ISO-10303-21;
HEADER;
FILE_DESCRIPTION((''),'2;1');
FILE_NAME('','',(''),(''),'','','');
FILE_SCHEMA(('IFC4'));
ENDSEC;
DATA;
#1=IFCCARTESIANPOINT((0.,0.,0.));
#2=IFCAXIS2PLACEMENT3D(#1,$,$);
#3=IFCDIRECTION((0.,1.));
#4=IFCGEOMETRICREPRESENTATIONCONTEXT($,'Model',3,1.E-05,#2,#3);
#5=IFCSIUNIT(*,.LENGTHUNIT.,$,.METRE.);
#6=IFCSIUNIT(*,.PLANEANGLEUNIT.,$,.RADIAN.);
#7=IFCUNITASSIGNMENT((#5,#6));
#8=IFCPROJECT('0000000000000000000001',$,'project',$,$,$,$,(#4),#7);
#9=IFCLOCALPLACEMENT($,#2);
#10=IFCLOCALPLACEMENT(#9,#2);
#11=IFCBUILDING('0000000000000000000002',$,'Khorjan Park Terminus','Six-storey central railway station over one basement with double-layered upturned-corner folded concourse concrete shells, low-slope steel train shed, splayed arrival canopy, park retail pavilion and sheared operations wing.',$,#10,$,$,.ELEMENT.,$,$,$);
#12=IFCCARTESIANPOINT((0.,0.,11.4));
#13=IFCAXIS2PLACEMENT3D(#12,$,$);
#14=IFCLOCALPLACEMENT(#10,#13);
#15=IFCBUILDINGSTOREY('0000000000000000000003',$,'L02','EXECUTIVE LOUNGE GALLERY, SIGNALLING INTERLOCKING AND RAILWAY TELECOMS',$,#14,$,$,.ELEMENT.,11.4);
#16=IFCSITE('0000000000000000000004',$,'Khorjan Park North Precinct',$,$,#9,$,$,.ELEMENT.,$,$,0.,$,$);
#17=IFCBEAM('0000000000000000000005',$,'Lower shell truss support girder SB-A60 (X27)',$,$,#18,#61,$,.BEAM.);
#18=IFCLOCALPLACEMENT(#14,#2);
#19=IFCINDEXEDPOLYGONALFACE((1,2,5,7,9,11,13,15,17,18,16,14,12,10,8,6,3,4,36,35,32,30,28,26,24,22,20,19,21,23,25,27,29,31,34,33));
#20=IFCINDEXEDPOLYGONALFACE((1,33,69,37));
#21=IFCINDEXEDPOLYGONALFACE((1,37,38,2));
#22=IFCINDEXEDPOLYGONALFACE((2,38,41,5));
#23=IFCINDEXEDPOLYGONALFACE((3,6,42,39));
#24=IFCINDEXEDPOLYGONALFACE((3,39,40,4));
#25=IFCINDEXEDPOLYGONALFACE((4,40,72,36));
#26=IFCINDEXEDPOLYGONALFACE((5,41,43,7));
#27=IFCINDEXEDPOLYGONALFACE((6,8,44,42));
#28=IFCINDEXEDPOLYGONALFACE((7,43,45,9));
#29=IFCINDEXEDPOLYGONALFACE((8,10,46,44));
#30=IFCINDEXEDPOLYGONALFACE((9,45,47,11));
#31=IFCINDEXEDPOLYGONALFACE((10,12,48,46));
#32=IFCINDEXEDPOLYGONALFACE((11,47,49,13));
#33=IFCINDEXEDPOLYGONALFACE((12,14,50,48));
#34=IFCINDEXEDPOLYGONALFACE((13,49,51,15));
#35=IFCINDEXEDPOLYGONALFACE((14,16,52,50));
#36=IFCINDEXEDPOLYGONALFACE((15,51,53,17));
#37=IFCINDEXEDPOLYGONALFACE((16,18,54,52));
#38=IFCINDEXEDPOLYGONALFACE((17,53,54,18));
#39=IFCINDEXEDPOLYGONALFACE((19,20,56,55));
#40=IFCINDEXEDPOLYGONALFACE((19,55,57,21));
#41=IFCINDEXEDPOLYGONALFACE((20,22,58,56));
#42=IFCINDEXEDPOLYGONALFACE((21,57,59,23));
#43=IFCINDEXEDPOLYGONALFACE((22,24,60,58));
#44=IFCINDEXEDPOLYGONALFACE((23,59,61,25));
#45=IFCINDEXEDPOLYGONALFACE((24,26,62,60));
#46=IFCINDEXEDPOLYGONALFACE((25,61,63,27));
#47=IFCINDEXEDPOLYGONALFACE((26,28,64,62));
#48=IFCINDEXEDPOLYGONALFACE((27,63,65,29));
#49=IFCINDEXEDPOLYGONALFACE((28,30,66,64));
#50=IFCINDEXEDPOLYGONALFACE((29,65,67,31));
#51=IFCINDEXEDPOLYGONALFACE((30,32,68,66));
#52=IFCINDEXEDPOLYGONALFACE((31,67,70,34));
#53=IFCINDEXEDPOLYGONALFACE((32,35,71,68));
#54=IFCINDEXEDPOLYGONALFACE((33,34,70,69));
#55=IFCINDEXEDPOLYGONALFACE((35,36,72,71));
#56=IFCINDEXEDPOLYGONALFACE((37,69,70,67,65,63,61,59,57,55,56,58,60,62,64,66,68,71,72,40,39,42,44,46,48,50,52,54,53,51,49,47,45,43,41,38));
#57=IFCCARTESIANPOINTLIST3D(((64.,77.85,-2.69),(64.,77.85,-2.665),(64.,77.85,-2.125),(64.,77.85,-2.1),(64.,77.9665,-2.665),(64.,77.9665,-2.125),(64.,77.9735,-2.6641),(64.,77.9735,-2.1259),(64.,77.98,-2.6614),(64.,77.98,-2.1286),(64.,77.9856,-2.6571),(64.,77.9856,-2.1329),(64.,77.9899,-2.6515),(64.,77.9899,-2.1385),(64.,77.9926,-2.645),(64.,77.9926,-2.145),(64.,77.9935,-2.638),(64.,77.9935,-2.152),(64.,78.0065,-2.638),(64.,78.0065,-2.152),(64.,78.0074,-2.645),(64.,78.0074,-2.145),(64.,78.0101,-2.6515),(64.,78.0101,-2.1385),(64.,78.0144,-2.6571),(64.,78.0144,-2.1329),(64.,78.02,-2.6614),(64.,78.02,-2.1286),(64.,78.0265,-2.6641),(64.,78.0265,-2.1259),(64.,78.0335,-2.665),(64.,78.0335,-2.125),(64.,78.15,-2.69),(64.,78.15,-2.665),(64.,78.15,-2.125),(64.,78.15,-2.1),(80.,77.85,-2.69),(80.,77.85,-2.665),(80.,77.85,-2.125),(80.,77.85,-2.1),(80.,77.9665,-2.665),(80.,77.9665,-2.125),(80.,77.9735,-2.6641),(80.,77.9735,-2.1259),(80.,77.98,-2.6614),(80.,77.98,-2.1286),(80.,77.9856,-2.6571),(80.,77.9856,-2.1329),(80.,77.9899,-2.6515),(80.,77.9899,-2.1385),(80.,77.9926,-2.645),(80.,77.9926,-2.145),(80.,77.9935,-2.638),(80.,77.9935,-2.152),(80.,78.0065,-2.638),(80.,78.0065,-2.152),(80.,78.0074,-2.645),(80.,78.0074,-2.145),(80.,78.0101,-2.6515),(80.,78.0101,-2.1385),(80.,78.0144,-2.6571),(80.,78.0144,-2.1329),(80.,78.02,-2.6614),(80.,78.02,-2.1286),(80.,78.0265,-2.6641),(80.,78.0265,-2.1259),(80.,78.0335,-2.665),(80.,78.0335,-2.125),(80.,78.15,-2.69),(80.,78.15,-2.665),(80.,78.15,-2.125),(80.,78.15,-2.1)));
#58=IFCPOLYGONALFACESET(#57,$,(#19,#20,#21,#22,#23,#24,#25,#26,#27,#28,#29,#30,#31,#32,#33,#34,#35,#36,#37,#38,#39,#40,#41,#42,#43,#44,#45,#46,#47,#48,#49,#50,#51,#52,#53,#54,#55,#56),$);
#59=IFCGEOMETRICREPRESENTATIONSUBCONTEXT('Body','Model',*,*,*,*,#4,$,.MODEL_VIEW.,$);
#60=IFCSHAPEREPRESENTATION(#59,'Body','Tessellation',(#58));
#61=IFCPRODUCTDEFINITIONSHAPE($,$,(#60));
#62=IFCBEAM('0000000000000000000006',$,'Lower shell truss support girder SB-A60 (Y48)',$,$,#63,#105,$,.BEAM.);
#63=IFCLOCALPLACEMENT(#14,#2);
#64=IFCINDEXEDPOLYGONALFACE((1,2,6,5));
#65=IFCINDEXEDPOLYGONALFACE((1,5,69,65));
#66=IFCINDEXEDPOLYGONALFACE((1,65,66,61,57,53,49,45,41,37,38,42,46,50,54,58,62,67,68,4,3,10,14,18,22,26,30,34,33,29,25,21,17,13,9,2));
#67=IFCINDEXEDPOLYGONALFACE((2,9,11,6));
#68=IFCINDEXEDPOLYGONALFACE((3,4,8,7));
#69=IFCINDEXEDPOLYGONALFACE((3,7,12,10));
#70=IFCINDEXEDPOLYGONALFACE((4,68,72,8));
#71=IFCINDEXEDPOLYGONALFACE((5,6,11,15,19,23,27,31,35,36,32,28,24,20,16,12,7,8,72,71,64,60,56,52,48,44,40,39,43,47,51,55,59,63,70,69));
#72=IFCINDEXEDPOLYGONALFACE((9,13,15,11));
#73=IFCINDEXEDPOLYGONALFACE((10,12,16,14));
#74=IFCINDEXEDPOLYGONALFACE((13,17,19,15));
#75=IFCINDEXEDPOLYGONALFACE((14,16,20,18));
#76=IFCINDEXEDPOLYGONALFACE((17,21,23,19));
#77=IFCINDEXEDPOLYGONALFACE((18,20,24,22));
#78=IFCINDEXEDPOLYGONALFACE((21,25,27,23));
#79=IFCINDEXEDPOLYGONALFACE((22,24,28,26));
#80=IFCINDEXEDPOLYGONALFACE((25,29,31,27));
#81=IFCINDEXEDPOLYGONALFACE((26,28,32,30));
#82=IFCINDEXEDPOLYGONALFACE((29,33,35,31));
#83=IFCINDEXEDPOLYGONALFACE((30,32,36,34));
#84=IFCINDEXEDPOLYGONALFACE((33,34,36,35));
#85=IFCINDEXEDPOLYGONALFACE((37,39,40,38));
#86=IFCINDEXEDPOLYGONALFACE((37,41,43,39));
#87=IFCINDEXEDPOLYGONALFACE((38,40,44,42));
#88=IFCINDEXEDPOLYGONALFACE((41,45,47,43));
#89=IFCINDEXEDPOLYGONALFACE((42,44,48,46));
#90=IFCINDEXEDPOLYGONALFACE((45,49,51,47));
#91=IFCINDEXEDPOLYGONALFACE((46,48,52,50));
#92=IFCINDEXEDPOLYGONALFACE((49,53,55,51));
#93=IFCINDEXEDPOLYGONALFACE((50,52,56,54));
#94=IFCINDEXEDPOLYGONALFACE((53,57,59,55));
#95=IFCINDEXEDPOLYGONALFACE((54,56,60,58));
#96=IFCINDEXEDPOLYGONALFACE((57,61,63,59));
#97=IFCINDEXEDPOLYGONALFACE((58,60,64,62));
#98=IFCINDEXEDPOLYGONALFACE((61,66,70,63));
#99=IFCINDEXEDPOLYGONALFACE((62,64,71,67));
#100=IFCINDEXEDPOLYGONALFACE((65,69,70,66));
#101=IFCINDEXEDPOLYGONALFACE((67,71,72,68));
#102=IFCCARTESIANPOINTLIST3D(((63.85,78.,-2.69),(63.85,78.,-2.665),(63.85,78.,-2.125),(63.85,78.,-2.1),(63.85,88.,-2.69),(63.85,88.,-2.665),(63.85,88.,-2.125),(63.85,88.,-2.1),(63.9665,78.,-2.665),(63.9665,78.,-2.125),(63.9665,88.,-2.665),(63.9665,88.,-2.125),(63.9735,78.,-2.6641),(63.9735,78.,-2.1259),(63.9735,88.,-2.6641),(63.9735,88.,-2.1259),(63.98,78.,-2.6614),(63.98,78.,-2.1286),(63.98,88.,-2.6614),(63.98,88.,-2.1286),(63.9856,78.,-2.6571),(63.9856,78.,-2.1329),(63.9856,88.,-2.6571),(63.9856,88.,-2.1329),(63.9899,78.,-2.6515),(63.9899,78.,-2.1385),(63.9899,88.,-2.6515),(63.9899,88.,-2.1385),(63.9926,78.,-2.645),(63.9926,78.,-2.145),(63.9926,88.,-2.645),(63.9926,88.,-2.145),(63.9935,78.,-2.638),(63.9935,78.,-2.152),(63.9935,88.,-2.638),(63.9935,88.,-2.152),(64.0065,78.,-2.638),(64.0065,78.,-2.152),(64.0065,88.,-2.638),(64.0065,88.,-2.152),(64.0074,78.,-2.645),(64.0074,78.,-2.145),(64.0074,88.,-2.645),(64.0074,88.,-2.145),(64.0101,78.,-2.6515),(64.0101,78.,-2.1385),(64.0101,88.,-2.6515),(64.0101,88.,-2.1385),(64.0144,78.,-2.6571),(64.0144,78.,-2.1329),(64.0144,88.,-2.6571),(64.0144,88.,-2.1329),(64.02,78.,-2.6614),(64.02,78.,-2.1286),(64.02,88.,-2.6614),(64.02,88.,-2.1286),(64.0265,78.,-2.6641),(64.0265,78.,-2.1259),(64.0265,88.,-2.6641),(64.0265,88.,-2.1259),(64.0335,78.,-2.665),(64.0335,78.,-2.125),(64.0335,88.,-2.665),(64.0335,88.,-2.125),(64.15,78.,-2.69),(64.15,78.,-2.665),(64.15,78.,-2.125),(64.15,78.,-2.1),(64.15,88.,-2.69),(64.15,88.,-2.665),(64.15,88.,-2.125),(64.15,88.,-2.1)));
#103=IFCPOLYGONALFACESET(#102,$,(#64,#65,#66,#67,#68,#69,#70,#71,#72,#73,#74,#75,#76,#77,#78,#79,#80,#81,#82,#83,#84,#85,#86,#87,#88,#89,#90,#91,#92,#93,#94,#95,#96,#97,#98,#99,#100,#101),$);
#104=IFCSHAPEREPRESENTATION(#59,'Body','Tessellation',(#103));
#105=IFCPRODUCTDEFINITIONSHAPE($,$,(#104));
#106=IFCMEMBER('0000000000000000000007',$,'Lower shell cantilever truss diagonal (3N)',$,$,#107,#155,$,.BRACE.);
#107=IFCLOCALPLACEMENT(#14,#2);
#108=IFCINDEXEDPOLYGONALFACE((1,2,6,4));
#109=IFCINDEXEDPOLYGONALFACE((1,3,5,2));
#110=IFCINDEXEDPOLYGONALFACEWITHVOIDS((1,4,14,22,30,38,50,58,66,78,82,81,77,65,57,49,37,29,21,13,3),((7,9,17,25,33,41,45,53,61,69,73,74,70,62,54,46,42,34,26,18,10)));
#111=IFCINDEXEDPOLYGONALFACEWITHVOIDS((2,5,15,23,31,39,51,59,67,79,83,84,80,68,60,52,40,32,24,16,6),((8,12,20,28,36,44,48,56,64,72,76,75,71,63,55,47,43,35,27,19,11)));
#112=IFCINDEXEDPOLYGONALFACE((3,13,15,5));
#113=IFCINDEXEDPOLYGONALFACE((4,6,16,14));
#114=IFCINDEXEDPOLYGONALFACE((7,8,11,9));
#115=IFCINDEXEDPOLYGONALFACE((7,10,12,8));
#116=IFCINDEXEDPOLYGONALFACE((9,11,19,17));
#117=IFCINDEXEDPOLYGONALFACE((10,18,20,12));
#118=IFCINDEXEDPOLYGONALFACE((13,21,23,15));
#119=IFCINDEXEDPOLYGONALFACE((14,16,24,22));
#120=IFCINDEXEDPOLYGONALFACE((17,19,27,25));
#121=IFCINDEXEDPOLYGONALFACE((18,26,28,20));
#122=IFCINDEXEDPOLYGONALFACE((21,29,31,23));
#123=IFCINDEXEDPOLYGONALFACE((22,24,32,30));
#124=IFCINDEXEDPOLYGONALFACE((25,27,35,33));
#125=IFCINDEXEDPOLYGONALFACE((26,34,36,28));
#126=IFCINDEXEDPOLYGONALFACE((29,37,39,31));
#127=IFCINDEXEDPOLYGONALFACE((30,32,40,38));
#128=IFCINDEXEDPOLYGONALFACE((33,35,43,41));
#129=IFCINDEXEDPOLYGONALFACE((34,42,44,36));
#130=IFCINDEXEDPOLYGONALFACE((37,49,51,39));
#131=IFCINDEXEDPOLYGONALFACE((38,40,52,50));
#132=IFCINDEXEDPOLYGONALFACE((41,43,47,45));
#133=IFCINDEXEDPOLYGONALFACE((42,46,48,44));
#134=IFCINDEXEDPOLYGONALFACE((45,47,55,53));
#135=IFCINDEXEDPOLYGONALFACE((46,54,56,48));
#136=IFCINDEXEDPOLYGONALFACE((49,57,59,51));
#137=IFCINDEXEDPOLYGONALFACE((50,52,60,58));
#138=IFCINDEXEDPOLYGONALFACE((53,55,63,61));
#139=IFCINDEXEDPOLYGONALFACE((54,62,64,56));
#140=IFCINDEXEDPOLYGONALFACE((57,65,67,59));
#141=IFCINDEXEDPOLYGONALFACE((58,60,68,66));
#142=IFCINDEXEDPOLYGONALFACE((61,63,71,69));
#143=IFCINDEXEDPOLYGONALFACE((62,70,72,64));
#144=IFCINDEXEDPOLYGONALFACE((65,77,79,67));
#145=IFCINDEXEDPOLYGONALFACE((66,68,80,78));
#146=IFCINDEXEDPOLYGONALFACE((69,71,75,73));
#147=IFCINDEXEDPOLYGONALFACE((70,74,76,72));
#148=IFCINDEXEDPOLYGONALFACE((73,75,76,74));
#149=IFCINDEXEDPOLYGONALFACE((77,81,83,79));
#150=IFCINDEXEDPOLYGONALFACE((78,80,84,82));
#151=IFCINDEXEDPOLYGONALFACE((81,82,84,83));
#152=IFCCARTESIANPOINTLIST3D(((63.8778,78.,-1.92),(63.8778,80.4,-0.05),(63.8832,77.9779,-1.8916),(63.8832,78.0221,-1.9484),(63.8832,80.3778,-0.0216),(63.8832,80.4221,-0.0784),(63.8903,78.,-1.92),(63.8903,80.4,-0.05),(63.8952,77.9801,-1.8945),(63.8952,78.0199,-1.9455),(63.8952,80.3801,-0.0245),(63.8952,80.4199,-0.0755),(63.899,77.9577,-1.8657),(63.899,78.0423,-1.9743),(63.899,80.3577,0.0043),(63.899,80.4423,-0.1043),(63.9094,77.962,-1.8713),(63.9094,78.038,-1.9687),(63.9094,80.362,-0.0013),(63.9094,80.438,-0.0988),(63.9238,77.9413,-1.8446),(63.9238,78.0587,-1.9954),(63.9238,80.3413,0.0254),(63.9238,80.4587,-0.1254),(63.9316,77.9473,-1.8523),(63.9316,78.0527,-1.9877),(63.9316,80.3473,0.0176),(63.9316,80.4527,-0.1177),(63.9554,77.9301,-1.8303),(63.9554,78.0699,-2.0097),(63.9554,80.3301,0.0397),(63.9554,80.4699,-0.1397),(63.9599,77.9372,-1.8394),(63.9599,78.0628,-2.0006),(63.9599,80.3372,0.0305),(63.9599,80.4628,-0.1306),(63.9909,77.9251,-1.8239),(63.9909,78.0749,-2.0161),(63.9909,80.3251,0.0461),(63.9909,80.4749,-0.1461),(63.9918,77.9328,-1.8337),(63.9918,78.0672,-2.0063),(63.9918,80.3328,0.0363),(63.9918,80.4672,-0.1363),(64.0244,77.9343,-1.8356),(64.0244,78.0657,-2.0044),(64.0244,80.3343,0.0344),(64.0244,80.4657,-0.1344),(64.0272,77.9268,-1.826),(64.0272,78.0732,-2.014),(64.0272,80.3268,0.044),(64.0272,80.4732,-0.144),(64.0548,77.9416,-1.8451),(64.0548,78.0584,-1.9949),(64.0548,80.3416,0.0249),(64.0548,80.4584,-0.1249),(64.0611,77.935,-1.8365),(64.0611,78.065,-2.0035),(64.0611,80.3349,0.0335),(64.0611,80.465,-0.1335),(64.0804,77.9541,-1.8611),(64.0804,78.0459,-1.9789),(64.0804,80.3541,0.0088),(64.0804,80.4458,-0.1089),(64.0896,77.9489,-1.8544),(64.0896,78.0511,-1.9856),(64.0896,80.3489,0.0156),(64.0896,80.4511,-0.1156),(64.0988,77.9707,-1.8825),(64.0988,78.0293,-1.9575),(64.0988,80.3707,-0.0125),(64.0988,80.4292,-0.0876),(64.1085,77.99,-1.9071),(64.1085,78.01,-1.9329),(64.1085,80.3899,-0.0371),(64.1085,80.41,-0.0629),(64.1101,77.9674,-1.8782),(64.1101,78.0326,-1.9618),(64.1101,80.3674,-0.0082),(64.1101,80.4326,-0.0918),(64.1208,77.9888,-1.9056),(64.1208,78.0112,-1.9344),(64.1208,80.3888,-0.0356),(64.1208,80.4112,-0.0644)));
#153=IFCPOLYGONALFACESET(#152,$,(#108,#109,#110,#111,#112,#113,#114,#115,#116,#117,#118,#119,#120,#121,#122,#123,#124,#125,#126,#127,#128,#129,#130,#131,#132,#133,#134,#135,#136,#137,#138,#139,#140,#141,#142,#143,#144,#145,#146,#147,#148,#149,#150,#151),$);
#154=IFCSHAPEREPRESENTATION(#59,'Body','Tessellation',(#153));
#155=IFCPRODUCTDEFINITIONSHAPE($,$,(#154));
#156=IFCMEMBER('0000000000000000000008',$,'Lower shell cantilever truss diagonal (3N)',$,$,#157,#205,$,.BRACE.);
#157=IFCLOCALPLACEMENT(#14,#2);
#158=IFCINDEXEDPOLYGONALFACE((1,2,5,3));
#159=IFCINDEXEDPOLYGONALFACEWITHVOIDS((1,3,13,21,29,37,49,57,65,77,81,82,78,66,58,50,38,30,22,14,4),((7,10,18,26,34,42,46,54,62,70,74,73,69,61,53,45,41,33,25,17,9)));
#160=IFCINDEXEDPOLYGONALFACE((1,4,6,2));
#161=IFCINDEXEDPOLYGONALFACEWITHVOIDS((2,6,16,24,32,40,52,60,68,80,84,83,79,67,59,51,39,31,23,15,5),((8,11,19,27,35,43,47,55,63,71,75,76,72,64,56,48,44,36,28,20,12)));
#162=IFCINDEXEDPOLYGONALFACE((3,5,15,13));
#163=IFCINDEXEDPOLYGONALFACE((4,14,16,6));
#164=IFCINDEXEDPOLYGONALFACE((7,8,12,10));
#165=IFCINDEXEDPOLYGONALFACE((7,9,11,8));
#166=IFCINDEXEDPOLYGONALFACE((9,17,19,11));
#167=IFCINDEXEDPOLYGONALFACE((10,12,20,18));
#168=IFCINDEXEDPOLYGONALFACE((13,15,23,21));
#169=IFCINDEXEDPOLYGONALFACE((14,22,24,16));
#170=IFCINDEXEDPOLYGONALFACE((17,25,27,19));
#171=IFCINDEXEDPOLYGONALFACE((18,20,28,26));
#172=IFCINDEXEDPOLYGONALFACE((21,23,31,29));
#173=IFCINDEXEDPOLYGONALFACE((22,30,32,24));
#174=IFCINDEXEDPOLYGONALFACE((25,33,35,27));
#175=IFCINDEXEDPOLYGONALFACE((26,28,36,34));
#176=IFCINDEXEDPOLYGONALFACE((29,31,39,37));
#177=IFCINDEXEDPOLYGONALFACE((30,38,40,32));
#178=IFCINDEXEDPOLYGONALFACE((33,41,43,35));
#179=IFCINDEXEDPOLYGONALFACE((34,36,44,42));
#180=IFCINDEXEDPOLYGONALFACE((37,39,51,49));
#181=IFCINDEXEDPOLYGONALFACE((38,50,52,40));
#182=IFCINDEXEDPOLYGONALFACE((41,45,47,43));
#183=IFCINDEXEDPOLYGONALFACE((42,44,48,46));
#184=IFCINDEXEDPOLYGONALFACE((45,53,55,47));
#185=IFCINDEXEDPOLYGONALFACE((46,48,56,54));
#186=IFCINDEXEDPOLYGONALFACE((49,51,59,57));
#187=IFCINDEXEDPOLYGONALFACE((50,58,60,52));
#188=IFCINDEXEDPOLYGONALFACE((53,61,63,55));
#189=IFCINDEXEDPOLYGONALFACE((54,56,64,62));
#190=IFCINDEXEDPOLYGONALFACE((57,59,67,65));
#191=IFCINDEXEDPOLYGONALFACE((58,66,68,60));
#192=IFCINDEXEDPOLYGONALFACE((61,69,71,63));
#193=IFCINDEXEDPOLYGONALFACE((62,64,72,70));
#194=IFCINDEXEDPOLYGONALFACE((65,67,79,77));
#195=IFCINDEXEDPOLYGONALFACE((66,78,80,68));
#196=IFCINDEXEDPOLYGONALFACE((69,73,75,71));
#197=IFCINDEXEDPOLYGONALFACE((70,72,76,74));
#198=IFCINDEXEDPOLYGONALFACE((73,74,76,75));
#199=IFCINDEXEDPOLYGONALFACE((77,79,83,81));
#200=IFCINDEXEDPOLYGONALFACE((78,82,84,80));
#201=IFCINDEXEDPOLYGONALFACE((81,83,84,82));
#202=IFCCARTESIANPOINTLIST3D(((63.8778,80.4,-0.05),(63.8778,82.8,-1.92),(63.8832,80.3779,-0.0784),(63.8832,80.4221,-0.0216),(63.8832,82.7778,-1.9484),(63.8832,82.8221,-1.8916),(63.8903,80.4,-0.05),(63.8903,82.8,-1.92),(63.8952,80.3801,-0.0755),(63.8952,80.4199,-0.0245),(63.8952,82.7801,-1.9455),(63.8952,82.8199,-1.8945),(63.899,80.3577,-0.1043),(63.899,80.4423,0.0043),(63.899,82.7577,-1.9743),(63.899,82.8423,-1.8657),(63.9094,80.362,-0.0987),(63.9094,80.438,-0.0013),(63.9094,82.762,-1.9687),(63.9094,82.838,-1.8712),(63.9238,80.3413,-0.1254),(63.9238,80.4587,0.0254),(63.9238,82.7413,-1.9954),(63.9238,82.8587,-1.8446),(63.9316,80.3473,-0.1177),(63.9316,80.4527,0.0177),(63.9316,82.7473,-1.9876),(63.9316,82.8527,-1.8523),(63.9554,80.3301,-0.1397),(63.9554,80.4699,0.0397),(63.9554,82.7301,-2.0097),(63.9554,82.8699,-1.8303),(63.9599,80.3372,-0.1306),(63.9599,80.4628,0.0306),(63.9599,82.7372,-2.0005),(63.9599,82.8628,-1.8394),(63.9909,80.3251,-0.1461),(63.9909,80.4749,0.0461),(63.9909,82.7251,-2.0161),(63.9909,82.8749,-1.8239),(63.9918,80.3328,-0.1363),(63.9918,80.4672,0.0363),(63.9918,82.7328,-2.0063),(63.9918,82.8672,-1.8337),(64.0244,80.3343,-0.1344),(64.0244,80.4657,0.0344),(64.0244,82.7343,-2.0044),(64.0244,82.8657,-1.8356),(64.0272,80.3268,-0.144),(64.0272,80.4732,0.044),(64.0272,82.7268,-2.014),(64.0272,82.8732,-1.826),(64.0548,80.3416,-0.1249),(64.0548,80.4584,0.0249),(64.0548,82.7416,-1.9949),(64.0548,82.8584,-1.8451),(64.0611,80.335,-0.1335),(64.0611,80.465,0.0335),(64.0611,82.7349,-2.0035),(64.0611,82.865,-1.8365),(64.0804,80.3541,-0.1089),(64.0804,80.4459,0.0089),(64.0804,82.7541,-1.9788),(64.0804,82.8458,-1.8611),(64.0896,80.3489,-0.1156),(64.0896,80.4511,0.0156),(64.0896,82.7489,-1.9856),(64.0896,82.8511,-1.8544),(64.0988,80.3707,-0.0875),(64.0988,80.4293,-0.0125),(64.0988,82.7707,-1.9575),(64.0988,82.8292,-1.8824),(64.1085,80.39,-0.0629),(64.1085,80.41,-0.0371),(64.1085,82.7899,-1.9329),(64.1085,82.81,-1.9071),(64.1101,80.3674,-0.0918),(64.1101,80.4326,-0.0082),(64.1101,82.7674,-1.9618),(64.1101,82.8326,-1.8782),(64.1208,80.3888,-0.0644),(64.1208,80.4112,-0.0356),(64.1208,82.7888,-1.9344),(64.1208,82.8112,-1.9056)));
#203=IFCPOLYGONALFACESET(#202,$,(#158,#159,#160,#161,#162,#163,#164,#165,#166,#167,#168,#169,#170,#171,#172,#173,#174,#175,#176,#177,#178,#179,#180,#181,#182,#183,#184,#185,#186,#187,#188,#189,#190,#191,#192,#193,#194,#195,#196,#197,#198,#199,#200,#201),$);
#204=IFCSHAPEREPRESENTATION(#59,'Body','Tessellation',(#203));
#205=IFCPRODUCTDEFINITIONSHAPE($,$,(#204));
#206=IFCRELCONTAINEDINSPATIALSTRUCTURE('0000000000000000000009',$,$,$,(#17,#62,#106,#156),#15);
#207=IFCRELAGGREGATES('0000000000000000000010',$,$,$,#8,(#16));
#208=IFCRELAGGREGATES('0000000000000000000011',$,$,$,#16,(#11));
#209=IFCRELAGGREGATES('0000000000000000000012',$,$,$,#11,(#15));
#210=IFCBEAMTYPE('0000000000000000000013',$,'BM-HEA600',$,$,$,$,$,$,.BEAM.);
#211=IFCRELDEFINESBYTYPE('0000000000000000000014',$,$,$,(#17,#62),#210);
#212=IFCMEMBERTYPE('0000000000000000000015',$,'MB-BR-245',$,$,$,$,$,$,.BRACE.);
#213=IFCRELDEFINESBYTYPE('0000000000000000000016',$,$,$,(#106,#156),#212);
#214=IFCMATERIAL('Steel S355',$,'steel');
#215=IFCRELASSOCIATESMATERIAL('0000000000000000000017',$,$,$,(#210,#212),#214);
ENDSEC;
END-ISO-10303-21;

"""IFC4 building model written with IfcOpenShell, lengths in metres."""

from ifc_helpers import new_model, si_unit, direction, frame, origin, origin_2d, place, context, subcontext, project, spatial, hollow_circle, i_section, extrude, material, material_profile, profile_set, type_object, element, save


model = new_model("IFC4")

# Units and contexts
model_context = context("Model", 3, precision=1e-05, world=origin(), true_north=direction((0.0, 1.0)))
body_context = subcontext(model_context, "Body", "Model", "MODEL_VIEW")
ifc_project = project(units=[si_unit("LENGTHUNIT", "METRE"), si_unit("PLANEANGLEUNIT", "RADIAN")], contexts=[model_context])

# Site, building, storey
site_placement = place(None, origin())
site = spatial("IfcSite", under=ifc_project, at=site_placement, Name="Khorjan Park North Precinct", CompositionType="ELEMENT", RefElevation=0.0)
building_placement = place(site_placement, origin())
building = spatial("IfcBuilding", under=site, at=building_placement, Name="Khorjan Park Terminus", Description="Six-storey central railway station over one basement with double-layered upturned-corner folded concourse concrete shells, low-slope steel train shed, splayed arrival canopy, park retail pavilion and sheared operations wing.", CompositionType="ELEMENT")
storey_placement = place(building_placement, frame((0.0, 0.0, 11.4)))
storey = spatial("IfcBuildingStorey", under=building, at=storey_placement, Name="L02", Description="EXECUTIVE LOUNGE GALLERY, SIGNALLING INTERLOCKING AND RAILWAY TELECOMS", CompositionType="ELEMENT", Elevation=11.4)

# Beams
ifc_material_1 = material(Name="Steel S355", Category="steel")
ifc_material_profile_1 = material_profile(ifc_material_1, i_section(OverallWidth=0.3, OverallDepth=0.59, WebThickness=0.013, FlangeThickness=0.025, FilletRadius=0.027, at=origin_2d()), Name="HEA 600")
ifc_profile_set_1 = profile_set([ifc_material_profile_1], Name="Steel S355")
beam_type = type_object("IfcBeamType", Name="BM-HEA600", PredefinedType="BEAM", material=ifc_profile_set_1)
beam_1_placement = place(storey_placement, frame((64.0, 78.0, -2.395), z_axis=(1.0, 0.0, 0.0), x_axis=(0.0, 1.0, 0.0)))
element("IfcBeam", 1, at=beam_1_placement, inside=storey, type_object=beam_type, Name="Lower shell truss support girder SB-A60 (X27)", PredefinedType="BEAM", context=body_context, shape_type="SweptSolid", body=[
    extrude(i_section(OverallWidth=0.3, OverallDepth=0.59, WebThickness=0.013, FlangeThickness=0.025, FilletRadius=0.027, at=origin_2d()), origin(), (0.0, 0.0, 1.0), 16.0),
])
beam_2_placement = place(storey_placement, frame((64.0, 78.0, -2.395), z_axis=(0.0, 1.0, 0.0), x_axis=(-1.0, 0.0, 0.0)))
element("IfcBeam", 2, at=beam_2_placement, inside=storey, type_object=beam_type, Name="Lower shell truss support girder SB-A60 (Y48)", PredefinedType="BEAM", context=body_context, shape_type="SweptSolid", body=[
    extrude(i_section(OverallWidth=0.3, OverallDepth=0.59, WebThickness=0.013, FlangeThickness=0.025, FilletRadius=0.027, at=origin_2d()), origin(), (0.0, 0.0, 1.0), 10.0),
])

# Members
ifc_material_profile_2 = material_profile(ifc_material_1, hollow_circle(Radius=0.1222, WallThickness=0.0125, at=origin_2d()), Name="CHS 244.5x12.5")
ifc_profile_set_2 = profile_set([ifc_material_profile_2], Name="Steel S355")
member_type_1 = type_object("IfcMemberType", Name="MB-BR-245", PredefinedType="BRACE", material=ifc_profile_set_2)
for number, where, z_axis, x_axis, name in (
    (3, (64.0, 78.0, -1.92), (0.0, 0.788821, 0.614623), (-1.0, 0.0, 0.0), "Lower shell cantilever truss diagonal (3N)"),
    (4, (64.0, 80.4, -0.05), (0.0, 0.788821, -0.614623), (-1.0, 0.0, 0.0), "Lower shell cantilever truss diagonal (3N)"),
):
    element("IfcMember", number, at=place(storey_placement, frame(where, z_axis=z_axis, x_axis=x_axis)), inside=storey, type_object=member_type_1, Name=name, PredefinedType="BRACE", context=body_context, shape_type="SweptSolid", body=[
        extrude(hollow_circle(Radius=0.1222, WallThickness=0.0125, at=origin_2d()), origin(), (0.0, 0.0, 1.0), 3.0425),
    ])

save(model, "model.ifc")
